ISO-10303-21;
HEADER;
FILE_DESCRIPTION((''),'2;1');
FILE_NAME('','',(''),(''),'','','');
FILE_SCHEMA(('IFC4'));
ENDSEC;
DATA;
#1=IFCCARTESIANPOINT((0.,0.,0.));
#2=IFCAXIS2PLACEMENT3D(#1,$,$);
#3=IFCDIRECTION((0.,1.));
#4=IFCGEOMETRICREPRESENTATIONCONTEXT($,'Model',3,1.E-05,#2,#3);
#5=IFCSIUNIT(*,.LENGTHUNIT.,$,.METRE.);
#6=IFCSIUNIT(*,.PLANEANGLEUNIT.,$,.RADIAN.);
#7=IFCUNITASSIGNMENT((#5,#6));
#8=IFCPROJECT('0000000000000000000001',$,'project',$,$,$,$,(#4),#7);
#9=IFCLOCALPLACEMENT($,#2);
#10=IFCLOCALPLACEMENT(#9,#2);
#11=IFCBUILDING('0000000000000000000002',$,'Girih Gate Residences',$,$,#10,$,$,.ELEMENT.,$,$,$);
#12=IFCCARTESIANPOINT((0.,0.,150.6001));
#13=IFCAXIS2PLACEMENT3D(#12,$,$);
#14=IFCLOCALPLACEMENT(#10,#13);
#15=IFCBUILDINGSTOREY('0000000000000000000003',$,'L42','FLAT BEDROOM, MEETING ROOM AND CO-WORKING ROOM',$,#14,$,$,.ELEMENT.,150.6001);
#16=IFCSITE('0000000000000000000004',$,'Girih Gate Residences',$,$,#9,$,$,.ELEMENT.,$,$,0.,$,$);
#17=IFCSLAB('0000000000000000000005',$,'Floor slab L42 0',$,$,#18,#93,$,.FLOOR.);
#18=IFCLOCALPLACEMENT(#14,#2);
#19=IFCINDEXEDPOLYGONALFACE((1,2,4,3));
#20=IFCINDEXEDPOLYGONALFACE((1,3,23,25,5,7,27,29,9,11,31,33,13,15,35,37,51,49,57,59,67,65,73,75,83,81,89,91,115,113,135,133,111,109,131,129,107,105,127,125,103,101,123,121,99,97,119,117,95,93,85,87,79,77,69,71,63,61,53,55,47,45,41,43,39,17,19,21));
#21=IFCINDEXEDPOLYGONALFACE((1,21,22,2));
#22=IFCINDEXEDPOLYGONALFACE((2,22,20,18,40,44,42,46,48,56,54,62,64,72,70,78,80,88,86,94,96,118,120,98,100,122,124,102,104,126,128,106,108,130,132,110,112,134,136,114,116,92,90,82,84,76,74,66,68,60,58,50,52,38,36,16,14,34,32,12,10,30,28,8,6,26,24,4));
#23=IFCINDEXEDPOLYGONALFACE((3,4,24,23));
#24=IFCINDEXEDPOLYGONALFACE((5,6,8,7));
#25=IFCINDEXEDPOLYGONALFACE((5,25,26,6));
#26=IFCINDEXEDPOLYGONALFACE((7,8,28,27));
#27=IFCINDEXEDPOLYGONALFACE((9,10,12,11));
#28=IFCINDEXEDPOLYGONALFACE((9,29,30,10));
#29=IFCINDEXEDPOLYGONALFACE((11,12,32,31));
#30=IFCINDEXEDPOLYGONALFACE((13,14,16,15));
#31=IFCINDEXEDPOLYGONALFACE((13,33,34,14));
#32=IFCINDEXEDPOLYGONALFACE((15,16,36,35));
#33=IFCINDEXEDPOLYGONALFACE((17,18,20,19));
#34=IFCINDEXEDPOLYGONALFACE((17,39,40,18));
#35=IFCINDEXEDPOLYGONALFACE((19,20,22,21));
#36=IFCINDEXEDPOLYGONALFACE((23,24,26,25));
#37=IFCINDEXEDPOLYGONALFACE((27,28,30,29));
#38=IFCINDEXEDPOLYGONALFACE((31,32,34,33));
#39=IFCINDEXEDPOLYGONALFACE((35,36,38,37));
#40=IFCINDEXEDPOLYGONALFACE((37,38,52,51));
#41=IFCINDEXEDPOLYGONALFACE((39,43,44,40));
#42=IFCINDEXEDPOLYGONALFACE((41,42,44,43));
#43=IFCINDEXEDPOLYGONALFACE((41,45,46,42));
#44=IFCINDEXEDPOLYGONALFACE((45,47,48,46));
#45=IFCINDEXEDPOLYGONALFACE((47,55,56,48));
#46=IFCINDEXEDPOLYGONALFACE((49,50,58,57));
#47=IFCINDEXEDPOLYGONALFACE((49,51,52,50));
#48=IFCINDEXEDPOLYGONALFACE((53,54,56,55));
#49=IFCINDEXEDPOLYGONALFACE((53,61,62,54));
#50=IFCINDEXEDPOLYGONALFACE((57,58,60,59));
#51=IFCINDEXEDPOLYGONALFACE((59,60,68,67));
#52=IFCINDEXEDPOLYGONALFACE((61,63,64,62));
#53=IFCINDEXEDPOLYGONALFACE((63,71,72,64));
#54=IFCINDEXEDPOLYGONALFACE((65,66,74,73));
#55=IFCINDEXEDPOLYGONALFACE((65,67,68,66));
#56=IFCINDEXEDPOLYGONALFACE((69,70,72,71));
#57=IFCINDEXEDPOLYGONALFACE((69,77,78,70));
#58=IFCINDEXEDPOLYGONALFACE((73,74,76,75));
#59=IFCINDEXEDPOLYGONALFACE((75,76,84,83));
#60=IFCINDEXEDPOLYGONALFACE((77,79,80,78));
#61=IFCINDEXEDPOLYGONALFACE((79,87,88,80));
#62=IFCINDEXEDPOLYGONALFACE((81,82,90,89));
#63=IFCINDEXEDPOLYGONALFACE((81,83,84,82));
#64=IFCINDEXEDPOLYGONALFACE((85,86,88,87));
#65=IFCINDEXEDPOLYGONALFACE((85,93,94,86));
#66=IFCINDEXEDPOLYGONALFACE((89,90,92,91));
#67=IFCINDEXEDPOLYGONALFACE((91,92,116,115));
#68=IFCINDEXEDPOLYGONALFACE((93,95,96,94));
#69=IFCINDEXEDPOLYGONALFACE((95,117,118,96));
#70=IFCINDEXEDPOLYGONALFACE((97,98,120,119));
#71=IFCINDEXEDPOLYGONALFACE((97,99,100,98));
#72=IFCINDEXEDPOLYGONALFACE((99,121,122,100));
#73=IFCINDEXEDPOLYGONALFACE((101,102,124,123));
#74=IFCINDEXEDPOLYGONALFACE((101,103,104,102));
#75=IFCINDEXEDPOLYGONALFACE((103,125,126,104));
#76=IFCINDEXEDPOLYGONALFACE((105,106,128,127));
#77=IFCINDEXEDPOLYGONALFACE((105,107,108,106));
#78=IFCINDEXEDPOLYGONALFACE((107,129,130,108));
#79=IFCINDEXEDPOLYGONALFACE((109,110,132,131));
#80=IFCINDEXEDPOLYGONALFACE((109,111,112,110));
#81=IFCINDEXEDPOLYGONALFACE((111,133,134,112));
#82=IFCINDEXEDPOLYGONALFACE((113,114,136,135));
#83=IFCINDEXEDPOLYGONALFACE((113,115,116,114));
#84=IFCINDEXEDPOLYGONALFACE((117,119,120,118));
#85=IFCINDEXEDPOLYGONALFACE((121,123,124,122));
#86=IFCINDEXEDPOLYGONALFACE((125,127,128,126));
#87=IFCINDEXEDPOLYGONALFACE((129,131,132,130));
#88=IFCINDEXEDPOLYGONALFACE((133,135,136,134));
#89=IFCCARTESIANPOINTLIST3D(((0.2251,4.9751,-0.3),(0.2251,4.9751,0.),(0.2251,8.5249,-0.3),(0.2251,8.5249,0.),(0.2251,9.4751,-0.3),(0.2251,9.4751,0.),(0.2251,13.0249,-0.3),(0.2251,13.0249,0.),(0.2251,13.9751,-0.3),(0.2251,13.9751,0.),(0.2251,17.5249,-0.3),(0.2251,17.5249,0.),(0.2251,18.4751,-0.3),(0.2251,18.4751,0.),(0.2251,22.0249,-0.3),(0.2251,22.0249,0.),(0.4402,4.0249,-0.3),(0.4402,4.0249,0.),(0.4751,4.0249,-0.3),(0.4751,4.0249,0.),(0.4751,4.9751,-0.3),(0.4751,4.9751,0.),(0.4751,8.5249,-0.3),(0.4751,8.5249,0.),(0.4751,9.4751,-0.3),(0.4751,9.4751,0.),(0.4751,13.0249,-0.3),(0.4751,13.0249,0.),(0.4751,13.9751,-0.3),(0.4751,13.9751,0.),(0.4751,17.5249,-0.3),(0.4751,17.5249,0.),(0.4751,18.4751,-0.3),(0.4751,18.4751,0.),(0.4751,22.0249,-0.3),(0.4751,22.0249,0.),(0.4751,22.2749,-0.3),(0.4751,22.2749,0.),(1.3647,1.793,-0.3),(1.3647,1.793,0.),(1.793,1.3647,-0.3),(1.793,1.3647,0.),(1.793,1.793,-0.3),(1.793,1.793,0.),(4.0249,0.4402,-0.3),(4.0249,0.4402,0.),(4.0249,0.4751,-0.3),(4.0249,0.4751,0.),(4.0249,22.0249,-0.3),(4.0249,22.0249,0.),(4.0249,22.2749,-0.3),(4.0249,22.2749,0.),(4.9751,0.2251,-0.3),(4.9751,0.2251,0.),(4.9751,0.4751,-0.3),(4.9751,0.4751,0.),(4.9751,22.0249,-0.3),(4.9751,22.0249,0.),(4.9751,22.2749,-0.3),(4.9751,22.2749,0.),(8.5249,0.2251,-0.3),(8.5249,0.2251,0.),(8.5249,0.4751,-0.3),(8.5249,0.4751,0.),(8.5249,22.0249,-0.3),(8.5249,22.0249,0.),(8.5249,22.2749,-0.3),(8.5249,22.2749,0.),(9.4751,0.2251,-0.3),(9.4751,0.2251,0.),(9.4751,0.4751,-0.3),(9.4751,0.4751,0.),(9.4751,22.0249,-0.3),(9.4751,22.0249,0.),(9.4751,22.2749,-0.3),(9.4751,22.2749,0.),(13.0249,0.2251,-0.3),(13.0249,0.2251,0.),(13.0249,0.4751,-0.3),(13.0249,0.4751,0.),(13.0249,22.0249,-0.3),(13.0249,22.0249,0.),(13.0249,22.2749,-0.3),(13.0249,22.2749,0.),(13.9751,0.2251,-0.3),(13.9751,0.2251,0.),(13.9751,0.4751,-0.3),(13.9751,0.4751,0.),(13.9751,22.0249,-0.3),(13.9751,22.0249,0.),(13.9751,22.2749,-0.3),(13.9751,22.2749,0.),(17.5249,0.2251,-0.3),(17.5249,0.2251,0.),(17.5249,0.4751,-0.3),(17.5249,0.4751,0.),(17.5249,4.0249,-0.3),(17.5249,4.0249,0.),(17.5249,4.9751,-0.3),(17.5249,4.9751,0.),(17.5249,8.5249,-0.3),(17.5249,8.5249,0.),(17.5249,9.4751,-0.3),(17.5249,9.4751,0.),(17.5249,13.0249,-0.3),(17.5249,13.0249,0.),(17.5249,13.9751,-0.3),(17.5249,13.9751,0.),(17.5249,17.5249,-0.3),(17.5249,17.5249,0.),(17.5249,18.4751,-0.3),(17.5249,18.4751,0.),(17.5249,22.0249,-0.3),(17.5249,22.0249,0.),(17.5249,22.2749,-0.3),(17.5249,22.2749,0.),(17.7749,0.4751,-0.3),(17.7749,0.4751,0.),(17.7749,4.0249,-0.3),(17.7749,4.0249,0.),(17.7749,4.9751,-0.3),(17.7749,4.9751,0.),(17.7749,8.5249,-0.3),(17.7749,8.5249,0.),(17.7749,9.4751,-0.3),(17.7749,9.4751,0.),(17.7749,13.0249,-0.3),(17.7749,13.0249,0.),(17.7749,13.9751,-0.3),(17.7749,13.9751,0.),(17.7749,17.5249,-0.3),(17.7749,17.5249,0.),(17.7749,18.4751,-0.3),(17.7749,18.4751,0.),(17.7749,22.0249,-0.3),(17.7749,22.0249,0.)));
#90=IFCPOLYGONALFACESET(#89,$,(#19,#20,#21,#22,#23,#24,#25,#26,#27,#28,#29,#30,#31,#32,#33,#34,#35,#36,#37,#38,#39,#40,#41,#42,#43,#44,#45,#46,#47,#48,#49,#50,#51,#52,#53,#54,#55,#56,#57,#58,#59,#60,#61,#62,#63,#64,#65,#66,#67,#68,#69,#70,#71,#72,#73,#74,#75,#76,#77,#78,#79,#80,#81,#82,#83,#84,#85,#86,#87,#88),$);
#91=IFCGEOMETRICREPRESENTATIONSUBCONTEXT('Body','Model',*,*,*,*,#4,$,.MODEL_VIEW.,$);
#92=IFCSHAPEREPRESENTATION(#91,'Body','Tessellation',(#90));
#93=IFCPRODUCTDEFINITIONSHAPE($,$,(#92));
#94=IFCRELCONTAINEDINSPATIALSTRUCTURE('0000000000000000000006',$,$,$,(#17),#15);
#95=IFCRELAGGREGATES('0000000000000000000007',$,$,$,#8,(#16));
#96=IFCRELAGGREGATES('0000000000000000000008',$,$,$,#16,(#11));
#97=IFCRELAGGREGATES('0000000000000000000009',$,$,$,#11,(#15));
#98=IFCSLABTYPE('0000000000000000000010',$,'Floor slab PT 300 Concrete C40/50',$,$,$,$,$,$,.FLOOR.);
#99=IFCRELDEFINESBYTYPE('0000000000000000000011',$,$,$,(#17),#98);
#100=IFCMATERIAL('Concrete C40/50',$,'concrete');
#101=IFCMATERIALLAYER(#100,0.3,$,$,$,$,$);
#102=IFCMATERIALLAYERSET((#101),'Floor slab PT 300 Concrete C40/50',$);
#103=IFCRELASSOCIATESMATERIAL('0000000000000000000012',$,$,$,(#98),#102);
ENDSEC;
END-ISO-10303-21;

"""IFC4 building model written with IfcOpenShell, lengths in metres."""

from ifc_helpers import new_model, si_unit, direction, frame, origin, place, context, subcontext, project, spatial, polyline, outline, extrude, material, layer, layer_set, type_object, element, save


model = new_model("IFC4")

# Units and contexts
model_context = context("Model", 3, precision=1e-05, world=origin(), true_north=direction((0.0, 1.0)))
body_context = subcontext(model_context, "Body", "Model", "MODEL_VIEW")
ifc_project = project(units=[si_unit("LENGTHUNIT", "METRE"), si_unit("PLANEANGLEUNIT", "RADIAN")], contexts=[model_context])

# Site, building, storey
site_placement = place(None, origin())
site = spatial("IfcSite", under=ifc_project, at=site_placement, Name="Girih Gate Residences", CompositionType="ELEMENT", RefElevation=0.0)
building_placement = place(site_placement, origin())
building = spatial("IfcBuilding", under=site, at=building_placement, Name="Girih Gate Residences", CompositionType="ELEMENT")
storey_placement = place(building_placement, frame((0.0, 0.0, 150.6001)))
storey = spatial("IfcBuildingStorey", under=building, at=storey_placement, Name="L42", Description="FLAT BEDROOM, MEETING ROOM AND CO-WORKING ROOM", CompositionType="ELEMENT", Elevation=150.6001)

# Slab
ifc_material_1 = material(Name="Concrete C40/50", Category="concrete")
ifc_layer_1 = layer(ifc_material_1, 0.3)
ifc_layer_set_1 = layer_set([ifc_layer_1], Name="Floor slab PT 300 Concrete C40/50")
slab_type_1 = type_object("IfcSlabType", Name="Floor slab PT 300 Concrete C40/50", PredefinedType="FLOOR", material=ifc_layer_set_1)
slab_1_placement = place(storey_placement, frame((0.0, 0.0, -0.3)))
element("IfcSlab", 1, at=slab_1_placement, inside=storey, type_object=slab_type_1, Name="Floor slab L42 0", PredefinedType="FLOOR", context=body_context, shape_type="SweptSolid", body=[
    extrude(outline(polyline([(13.9751, 0.2251), (17.5249, 0.2251), (17.5249, 0.4751), (17.7749, 0.4751), (17.7749, 4.0249), (17.5249, 4.0249), (17.5249, 4.9751), (17.7749, 4.9751), (17.7749, 8.5249), (17.5249, 8.5249), (17.5249, 9.4751), (17.7749, 9.4751), (17.7749, 13.0249), (17.5249, 13.0249), (17.5249, 13.9751), (17.7749, 13.9751), (17.7749, 17.5249), (17.5249, 17.5249), (17.5249, 18.4751), (17.7749, 18.4751), (17.7749, 22.0249), (17.5249, 22.0249), (17.5249, 22.2749), (13.9751, 22.2749), (13.9751, 22.0249), (13.0249, 22.0249), (13.0249, 22.2749), (9.4751, 22.2749), (9.4751, 22.0249), (8.5249, 22.0249), (8.5249, 22.2749), (4.9751, 22.2749), (4.9751, 22.0249), (4.0249, 22.0249), (4.0249, 22.2749), (0.4751, 22.2749), (0.4751, 22.0249), (0.2251, 22.0249), (0.2251, 18.4751), (0.4751, 18.4751), (0.4751, 17.5249), (0.2251, 17.5249), (0.2251, 13.9751), (0.4751, 13.9751), (0.4751, 13.0249), (0.2251, 13.0249), (0.2251, 9.4751), (0.4751, 9.4751), (0.4751, 8.5249), (0.2251, 8.5249), (0.2251, 4.9751), (0.4751, 4.9751), (0.4751, 4.0249), (0.4402, 4.0249), (1.3647, 1.793), (1.793, 1.793), (1.793, 1.3647), (4.0249, 0.4402), (4.0249, 0.4751), (4.9751, 0.4751), (4.9751, 0.2251), (8.5249, 0.2251), (8.5249, 0.4751), (9.4751, 0.4751), (9.4751, 0.2251), (13.0249, 0.2251), (13.0249, 0.4751), (13.9751, 0.4751), (13.9751, 0.2251)])), origin(), (0.0, 0.0, 1.0), 0.3),
])

save(model, "model.ifc")
